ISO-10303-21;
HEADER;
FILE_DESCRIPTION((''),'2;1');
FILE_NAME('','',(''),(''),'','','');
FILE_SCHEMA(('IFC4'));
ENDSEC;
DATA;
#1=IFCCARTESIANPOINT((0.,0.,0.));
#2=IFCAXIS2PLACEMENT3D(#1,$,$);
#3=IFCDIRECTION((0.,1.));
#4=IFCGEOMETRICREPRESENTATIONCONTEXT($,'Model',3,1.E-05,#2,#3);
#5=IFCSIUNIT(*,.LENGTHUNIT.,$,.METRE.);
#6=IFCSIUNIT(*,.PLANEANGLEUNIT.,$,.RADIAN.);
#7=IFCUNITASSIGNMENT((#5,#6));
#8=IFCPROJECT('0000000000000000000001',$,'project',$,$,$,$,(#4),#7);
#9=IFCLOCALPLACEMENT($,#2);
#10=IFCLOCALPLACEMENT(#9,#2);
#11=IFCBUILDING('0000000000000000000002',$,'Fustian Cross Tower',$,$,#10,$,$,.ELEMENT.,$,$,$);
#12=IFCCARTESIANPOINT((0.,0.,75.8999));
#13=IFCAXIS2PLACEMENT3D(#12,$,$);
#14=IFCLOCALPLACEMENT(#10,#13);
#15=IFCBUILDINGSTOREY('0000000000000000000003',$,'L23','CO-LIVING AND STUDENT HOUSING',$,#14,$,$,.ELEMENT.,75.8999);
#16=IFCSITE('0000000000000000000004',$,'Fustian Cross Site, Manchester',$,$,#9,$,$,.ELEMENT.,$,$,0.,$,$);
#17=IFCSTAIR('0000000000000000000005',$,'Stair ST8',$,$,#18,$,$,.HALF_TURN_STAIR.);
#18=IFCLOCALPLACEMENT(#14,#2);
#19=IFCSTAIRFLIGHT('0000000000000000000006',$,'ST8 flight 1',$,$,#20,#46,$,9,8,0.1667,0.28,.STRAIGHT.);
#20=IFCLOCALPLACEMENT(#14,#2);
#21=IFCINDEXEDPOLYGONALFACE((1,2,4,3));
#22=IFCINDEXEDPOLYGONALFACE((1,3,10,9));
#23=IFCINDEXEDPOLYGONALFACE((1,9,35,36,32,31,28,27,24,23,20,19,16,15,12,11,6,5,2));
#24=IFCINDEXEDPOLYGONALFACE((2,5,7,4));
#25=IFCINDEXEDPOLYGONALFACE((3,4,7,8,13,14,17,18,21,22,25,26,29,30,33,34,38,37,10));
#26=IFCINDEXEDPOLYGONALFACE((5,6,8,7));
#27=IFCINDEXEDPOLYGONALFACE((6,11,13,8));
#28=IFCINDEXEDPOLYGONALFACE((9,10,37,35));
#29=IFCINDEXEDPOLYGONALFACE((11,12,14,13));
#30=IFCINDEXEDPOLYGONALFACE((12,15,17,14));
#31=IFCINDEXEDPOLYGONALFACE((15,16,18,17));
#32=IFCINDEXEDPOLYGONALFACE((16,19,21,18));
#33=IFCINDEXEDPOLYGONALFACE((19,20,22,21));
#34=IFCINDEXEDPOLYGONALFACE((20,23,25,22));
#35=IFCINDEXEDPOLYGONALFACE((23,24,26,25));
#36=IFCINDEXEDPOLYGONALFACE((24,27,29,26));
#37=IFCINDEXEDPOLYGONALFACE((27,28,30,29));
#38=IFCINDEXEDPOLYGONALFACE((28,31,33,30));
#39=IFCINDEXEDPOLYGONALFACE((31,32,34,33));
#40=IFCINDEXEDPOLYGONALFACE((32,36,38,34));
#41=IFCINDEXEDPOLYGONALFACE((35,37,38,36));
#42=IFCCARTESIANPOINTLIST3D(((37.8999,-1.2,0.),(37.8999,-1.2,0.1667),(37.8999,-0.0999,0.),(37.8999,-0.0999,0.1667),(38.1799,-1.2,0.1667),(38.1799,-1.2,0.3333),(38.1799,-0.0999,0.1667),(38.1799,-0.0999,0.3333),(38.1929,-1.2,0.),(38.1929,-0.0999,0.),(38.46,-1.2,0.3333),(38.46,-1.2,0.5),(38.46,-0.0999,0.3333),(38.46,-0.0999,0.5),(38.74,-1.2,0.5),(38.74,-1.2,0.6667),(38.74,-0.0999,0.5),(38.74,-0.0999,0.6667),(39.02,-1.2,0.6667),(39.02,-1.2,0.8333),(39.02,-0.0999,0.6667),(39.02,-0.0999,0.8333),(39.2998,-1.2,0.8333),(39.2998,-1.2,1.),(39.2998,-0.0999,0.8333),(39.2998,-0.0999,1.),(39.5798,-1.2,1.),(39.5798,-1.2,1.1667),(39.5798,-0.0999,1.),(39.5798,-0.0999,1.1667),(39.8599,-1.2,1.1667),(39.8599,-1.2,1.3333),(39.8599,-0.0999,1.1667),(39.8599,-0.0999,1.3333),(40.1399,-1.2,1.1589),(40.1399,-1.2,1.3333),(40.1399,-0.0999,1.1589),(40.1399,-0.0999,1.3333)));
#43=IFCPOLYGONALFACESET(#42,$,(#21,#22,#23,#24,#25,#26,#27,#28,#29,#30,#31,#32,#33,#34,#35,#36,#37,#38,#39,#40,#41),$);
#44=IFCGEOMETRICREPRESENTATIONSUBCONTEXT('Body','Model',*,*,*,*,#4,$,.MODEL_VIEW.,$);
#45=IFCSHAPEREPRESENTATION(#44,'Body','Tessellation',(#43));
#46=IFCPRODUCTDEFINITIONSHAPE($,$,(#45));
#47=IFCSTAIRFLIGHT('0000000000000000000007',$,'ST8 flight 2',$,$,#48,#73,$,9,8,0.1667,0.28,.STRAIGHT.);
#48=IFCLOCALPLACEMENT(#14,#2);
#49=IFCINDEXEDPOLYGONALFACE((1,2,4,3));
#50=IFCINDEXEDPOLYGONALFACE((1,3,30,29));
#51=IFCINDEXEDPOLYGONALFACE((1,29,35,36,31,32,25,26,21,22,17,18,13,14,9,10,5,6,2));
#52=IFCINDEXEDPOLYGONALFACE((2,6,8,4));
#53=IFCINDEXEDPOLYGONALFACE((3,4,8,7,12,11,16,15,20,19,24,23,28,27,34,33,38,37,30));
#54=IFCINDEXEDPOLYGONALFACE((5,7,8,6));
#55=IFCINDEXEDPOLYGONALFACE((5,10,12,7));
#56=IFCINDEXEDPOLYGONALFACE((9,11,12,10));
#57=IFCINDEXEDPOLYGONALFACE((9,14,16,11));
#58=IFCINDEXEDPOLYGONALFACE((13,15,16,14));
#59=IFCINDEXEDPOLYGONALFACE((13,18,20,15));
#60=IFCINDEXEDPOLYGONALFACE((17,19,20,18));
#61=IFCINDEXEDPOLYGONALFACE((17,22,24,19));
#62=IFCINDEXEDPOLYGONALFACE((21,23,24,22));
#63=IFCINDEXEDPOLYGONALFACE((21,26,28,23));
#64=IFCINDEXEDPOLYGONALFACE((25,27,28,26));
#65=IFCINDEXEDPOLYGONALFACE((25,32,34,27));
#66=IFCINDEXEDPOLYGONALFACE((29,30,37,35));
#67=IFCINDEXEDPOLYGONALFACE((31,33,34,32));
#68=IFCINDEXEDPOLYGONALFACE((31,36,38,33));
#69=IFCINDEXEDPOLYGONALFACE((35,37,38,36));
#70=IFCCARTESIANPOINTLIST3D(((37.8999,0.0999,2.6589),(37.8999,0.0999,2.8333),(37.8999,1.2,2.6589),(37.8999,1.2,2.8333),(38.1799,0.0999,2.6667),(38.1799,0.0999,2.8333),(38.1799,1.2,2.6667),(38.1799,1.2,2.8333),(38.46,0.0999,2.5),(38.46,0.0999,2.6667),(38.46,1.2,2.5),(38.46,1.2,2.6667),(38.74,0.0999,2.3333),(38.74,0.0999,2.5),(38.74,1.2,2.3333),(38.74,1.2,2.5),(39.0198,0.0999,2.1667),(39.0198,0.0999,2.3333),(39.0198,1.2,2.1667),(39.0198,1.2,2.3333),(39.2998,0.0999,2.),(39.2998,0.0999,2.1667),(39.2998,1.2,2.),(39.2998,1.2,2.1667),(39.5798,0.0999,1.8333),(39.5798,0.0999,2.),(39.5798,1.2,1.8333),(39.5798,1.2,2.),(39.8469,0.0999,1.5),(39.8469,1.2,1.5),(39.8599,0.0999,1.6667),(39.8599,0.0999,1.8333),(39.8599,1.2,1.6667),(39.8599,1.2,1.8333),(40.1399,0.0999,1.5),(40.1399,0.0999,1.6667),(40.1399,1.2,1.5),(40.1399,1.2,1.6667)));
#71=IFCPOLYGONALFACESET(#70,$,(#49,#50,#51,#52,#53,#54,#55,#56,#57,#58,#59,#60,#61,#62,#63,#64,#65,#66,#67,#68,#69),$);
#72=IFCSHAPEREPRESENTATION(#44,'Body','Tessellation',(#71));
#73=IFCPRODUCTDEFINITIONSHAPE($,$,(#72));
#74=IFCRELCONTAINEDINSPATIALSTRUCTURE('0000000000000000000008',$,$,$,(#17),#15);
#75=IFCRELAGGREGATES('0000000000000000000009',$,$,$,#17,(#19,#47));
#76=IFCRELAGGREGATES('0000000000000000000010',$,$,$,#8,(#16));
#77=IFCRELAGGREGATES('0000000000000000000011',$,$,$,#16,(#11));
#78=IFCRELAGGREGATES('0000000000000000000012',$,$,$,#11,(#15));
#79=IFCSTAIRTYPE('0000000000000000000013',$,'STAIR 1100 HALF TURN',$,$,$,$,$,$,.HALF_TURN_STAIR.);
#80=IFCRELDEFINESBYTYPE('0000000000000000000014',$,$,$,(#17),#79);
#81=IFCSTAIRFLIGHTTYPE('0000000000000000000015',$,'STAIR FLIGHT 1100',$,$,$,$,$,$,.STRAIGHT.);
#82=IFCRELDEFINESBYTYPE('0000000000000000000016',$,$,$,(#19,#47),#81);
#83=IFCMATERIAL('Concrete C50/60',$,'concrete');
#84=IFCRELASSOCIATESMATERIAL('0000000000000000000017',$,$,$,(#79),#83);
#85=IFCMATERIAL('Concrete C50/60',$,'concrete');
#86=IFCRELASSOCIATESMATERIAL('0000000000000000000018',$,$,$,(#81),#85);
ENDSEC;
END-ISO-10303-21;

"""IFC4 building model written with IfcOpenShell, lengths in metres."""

from ifc_helpers import new_model, si_unit, direction, frame, origin, place, context, subcontext, project, spatial, polyline, outline, extrude, material, type_object, element, aggregate, save


model = new_model("IFC4")

# Units and contexts
model_context = context("Model", 3, precision=1e-05, world=origin(), true_north=direction((0.0, 1.0)))
body_context = subcontext(model_context, "Body", "Model", "MODEL_VIEW")
ifc_project = project(units=[si_unit("LENGTHUNIT", "METRE"), si_unit("PLANEANGLEUNIT", "RADIAN")], contexts=[model_context])

# Site, building, storey
site_placement = place(None, origin())
site = spatial("IfcSite", under=ifc_project, at=site_placement, Name="Fustian Cross Site, Manchester", CompositionType="ELEMENT", RefElevation=0.0)
building_placement = place(site_placement, origin())
building = spatial("IfcBuilding", under=site, at=building_placement, Name="Fustian Cross Tower", CompositionType="ELEMENT")
storey_placement = place(building_placement, frame((0.0, 0.0, 75.8999)))
storey = spatial("IfcBuildingStorey", under=building, at=storey_placement, Name="L23", Description="CO-LIVING AND STUDENT HOUSING", CompositionType="ELEMENT", Elevation=75.8999)

# Stair, stair flights
ifc_material_1 = material(Name="Concrete C50/60", Category="concrete")
stair_type = type_object("IfcStairType", Name="STAIR 1100 HALF TURN", PredefinedType="HALF_TURN_STAIR", material=ifc_material_1)
stair_placement = place(storey_placement, origin())
stair = element("IfcStair", 1, at=stair_placement, inside=storey, type_object=stair_type, Name="Stair ST8", PredefinedType="HALF_TURN_STAIR")
ifc_material_2 = material(Name="Concrete C50/60", Category="concrete")
stair_flight_type = type_object("IfcStairFlightType", Name="STAIR FLIGHT 1100", PredefinedType="STRAIGHT", material=ifc_material_2)
stair_flight_1_placement = place(storey_placement, frame((37.8999, -0.6499, 0.0), z_axis=(0.0, 0.0, 1.0), x_axis=(1.0, 0.0, 0.0)))
stair_flight_1 = element("IfcStairFlight", 2, at=stair_flight_1_placement, type_object=stair_flight_type, Name="ST8 flight 1", NumberOfRisers=9, NumberOfTreads=8, PredefinedType="STRAIGHT", RiserHeight=0.1667, TreadLength=0.28, context=body_context, shape_type="SweptSolid", body=[
    extrude(outline(polyline([(0.0, 0.0), (0.0, 0.1667), (0.28, 0.1667), (0.28, 0.3333), (0.5601, 0.3333), (0.5601, 0.5), (0.8401, 0.5), (0.8401, 0.6667), (1.1201, 0.6667), (1.1201, 0.8333), (1.3999, 0.8333), (1.3999, 1.0), (1.6799, 1.0), (1.6799, 1.1667), (1.96, 1.1667), (1.96, 1.3333), (2.24, 1.3333), (2.24, 1.5), (2.24, 1.1589), (0.293, 0.0), (0.0, 0.0)])), frame((0.0, 0.55, 0.0), z_axis=(0.0, -1.0, 0.0), x_axis=(1.0, 0.0, 0.0)), (0.0, 0.0, 1.0), 1.1001),
])
stair_flight_2_placement = place(storey_placement, frame((40.1399, 0.6499, 1.5), z_axis=(0.0, 0.0, 1.0), x_axis=(-1.0, 0.0, 0.0)))
stair_flight_2 = element("IfcStairFlight", 3, at=stair_flight_2_placement, type_object=stair_flight_type, Name="ST8 flight 2", NumberOfRisers=9, NumberOfTreads=8, PredefinedType="STRAIGHT", RiserHeight=0.1667, TreadLength=0.28, context=body_context, shape_type="SweptSolid", body=[
    extrude(outline(polyline([(0.0, 0.0), (0.0, 0.1667), (0.28, 0.1667), (0.28, 0.3333), (0.5601, 0.3333), (0.5601, 0.5), (0.8401, 0.5), (0.8401, 0.6667), (1.1201, 0.6667), (1.1201, 0.8333), (1.3999, 0.8333), (1.3999, 1.0), (1.6799, 1.0), (1.6799, 1.1667), (1.96, 1.1667), (1.96, 1.3333), (2.24, 1.3333), (2.24, 1.5), (2.24, 1.1589), (0.293, 0.0), (0.0, 0.0)])), frame((0.0, 0.55, 0.0), z_axis=(0.0, -1.0, 0.0), x_axis=(1.0, 0.0, 0.0)), (0.0, 0.0, 1.0), 1.1001),
])
aggregate(stair, [stair_flight_1, stair_flight_2])

save(model, "model.ifc")
